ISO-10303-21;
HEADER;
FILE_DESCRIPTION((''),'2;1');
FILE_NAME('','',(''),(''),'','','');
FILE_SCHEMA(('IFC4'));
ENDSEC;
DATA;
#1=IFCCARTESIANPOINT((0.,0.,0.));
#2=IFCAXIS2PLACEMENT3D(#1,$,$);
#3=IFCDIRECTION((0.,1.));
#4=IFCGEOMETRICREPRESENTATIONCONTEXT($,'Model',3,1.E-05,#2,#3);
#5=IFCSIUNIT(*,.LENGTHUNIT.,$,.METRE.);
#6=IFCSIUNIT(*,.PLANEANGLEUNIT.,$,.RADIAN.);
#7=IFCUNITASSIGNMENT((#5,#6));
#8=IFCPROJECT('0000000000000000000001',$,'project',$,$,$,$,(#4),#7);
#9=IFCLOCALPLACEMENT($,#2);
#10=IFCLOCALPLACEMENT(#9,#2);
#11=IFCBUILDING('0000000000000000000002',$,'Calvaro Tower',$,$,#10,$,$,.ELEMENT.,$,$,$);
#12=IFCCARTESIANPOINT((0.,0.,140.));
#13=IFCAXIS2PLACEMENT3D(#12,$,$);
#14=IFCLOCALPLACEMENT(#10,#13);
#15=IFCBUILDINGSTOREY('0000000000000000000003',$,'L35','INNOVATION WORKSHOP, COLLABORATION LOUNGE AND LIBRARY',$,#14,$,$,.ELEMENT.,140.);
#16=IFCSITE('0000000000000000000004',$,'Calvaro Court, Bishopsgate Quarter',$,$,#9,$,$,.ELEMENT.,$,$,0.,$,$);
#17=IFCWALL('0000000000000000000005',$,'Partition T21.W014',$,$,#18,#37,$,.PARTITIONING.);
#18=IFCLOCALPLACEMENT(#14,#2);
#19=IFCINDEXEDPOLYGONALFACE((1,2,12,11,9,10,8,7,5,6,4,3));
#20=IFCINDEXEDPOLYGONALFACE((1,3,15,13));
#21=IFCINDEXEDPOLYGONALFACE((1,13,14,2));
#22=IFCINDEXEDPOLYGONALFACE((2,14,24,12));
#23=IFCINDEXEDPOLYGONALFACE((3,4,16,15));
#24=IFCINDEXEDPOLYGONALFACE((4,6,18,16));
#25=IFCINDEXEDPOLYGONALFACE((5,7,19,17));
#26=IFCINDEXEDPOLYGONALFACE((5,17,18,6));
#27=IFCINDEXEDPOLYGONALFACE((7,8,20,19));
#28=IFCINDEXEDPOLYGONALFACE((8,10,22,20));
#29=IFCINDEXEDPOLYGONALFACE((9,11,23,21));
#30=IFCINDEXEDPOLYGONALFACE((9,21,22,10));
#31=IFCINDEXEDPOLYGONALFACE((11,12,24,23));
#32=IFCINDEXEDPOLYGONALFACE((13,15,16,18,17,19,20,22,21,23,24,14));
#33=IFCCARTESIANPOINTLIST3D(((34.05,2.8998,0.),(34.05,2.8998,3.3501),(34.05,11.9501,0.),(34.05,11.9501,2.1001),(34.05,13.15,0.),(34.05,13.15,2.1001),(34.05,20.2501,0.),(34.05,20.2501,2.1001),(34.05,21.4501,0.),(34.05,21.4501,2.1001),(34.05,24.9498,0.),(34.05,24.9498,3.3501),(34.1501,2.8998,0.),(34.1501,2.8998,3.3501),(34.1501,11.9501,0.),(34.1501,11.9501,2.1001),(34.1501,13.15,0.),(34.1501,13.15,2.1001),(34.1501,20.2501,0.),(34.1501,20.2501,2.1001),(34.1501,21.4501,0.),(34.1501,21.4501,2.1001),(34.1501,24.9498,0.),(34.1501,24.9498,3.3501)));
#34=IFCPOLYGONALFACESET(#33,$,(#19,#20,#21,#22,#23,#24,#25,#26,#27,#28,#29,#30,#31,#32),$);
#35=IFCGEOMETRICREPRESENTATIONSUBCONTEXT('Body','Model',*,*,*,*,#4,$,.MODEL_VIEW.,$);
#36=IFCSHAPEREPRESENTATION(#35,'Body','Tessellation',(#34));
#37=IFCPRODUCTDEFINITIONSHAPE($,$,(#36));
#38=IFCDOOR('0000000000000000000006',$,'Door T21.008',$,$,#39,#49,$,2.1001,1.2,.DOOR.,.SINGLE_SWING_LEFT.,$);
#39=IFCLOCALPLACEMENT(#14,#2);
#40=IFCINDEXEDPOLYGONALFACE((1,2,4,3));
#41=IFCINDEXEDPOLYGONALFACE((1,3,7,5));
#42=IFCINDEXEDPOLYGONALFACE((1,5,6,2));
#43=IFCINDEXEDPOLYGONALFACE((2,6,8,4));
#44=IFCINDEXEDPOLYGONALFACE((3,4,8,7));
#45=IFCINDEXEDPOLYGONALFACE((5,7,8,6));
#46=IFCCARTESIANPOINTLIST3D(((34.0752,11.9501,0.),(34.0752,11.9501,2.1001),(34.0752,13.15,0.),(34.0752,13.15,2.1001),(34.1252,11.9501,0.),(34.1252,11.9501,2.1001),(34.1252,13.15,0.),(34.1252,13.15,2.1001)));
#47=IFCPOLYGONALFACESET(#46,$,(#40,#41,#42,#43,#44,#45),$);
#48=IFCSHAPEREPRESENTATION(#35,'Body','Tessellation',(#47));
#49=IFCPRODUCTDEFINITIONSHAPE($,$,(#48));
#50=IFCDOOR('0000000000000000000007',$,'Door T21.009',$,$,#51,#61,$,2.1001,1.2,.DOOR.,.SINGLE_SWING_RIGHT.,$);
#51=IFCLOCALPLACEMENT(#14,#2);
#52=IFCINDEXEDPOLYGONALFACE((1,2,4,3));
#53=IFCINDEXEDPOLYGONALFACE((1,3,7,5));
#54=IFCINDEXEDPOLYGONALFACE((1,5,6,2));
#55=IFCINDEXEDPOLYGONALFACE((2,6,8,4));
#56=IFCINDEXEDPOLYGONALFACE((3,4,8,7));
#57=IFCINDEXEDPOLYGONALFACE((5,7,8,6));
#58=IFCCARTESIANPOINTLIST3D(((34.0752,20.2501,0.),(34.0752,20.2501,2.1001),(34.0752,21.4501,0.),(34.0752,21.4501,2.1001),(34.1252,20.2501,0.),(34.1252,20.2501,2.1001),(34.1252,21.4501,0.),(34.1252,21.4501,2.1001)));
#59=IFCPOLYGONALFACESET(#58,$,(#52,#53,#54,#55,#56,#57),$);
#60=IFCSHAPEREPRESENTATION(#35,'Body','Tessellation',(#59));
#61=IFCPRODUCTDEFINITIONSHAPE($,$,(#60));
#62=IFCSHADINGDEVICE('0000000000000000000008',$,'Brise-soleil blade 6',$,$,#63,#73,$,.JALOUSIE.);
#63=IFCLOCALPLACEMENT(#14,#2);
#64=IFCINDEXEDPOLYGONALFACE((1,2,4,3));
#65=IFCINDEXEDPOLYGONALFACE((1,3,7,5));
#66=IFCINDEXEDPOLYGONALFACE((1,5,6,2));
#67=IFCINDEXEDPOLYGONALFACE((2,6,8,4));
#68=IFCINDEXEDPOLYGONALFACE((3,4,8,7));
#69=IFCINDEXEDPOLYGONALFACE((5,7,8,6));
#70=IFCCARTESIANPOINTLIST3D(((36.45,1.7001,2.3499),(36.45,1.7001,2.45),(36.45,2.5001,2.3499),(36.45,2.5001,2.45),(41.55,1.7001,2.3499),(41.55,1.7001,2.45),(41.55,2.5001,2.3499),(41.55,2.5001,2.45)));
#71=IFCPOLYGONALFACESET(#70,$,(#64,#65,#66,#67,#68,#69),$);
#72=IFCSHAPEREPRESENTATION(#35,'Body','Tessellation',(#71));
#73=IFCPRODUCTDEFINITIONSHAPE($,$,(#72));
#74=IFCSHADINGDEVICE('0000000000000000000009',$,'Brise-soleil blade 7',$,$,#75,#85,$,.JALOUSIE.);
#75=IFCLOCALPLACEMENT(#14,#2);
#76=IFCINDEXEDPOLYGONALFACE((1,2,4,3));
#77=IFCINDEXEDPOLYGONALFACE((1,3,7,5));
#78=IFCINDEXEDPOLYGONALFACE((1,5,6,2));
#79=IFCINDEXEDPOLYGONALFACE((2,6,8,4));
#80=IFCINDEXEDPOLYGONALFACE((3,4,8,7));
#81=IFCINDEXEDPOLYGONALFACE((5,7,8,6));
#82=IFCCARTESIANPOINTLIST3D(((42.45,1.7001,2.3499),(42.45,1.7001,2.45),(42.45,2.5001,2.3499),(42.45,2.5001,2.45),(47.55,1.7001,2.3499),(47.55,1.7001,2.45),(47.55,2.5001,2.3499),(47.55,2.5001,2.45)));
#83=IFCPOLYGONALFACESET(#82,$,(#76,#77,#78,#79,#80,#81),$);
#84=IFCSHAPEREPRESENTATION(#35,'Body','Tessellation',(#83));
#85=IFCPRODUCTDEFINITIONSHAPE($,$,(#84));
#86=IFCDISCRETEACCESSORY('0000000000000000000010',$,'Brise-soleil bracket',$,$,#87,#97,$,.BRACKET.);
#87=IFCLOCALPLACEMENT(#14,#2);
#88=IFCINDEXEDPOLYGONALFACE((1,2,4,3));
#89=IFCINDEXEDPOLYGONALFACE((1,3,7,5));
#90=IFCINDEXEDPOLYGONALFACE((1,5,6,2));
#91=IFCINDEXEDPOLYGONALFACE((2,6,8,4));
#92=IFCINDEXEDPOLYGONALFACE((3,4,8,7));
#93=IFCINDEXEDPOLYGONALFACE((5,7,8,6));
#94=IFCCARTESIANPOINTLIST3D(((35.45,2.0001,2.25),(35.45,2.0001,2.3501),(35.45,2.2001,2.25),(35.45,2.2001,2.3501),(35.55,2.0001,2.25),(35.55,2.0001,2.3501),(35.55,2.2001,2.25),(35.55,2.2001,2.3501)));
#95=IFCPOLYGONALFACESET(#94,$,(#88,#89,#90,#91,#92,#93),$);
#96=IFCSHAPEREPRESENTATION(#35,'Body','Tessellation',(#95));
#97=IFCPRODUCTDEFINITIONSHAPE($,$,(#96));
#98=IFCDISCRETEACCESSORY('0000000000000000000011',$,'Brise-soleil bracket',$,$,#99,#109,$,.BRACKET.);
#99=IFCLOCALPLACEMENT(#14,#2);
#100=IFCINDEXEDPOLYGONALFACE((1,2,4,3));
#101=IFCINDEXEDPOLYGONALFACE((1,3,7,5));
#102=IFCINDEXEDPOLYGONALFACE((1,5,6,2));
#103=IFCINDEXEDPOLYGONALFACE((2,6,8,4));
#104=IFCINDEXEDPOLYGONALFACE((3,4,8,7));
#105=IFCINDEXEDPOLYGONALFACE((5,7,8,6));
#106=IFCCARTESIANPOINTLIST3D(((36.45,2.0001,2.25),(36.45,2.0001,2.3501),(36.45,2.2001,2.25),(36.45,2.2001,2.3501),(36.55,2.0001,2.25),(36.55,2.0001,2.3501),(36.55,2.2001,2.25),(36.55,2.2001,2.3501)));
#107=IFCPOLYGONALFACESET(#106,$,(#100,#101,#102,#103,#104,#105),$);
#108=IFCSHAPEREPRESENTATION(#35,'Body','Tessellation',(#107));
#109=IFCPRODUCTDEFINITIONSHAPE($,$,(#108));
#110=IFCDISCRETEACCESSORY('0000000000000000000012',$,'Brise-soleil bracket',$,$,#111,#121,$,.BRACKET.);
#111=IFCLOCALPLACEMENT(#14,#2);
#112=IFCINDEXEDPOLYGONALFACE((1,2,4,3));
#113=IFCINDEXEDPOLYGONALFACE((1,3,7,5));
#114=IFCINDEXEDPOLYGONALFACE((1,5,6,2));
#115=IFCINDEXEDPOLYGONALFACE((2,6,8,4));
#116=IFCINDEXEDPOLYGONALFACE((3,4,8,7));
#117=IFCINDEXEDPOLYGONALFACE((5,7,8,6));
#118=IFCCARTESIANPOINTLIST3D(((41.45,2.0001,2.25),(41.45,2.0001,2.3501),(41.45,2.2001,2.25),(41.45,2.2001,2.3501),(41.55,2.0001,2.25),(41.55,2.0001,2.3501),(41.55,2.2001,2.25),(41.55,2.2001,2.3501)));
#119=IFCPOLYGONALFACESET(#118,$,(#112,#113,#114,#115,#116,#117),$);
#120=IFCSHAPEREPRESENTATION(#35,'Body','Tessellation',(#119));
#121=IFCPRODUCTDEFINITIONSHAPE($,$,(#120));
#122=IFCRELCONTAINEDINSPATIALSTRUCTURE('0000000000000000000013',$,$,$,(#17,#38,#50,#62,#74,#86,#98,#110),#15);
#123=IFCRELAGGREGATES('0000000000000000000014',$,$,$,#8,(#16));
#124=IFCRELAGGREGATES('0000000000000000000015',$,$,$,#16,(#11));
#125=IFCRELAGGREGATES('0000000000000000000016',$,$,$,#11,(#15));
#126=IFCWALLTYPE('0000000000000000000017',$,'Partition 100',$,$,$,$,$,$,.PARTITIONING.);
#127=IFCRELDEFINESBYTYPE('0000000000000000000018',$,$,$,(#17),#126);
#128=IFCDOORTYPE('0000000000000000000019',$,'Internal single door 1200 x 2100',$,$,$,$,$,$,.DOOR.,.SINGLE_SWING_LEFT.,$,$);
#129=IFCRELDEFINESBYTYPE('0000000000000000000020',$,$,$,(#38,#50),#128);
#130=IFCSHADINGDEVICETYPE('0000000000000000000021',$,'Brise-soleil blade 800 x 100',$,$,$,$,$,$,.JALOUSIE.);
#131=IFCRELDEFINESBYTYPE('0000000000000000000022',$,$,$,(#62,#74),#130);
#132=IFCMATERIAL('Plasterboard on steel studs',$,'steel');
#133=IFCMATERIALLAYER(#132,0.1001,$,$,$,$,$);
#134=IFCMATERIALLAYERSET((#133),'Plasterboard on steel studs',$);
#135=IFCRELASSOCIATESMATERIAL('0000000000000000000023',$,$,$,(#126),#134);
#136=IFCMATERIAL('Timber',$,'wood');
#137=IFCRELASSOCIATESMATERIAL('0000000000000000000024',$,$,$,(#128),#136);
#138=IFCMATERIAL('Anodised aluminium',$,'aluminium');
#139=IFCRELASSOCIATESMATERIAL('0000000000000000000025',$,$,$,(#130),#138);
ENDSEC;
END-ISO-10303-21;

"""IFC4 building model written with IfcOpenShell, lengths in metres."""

from ifc_helpers import new_model, si_unit, direction, frame, frame_2d, origin, origin_2d, place, context, subcontext, project, spatial, rectangle, extrude, material, layer, layer_set, material_profile, profile_set, type_object, element, fill, save


model = new_model("IFC4")

# Units and contexts
model_context = context("Model", 3, precision=1e-05, world=origin(), true_north=direction((0.0, 1.0)))
body_context = subcontext(model_context, "Body", "Model", "MODEL_VIEW")
ifc_project = project(units=[si_unit("LENGTHUNIT", "METRE"), si_unit("PLANEANGLEUNIT", "RADIAN")], contexts=[model_context])

# Site, building, storey
site_placement = place(None, origin())
site = spatial("IfcSite", under=ifc_project, at=site_placement, Name="Calvaro Court, Bishopsgate Quarter", CompositionType="ELEMENT", RefElevation=0.0)
building_placement = place(site_placement, origin())
building = spatial("IfcBuilding", under=site, at=building_placement, Name="Calvaro Tower", CompositionType="ELEMENT")
storey_placement = place(building_placement, frame((0.0, 0.0, 140.0)))
storey = spatial("IfcBuildingStorey", under=building, at=storey_placement, Name="L35", Description="INNOVATION WORKSHOP, COLLABORATION LOUNGE AND LIBRARY", CompositionType="ELEMENT", Elevation=140.0)

# Wall, openings, doors
ifc_material_1 = material(Name="Plasterboard on steel studs", Category="steel")
ifc_layer_1 = layer(ifc_material_1, 0.1001)
ifc_layer_set_1 = layer_set([ifc_layer_1], Name="Plasterboard on steel studs")
wall_type = type_object("IfcWallType", Name="Partition 100", PredefinedType="PARTITIONING", material=ifc_layer_set_1)
wall_placement = place(storey_placement, frame((34.1001, 2.8999, 0.0), z_axis=(0.0, 0.0, 1.0), x_axis=(0.0, 1.0, 0.0)))
wall = element("IfcWall", 1, at=wall_placement, inside=storey, type_object=wall_type, Name="Partition T21.W014", PredefinedType="PARTITIONING", context=body_context, shape_type="SweptSolid", body=[
    extrude(rectangle(XDim=22.05, YDim=0.1001, at=frame_2d((11.0249, 0.0))), origin(), (0.0, 0.0, 1.0), 3.3501),
])
opening_1_placement = place(wall_placement, frame((9.05, 0.0, 0.0)))
opening_1 = element("IfcOpeningElement", 2, at=opening_1_placement, cuts=wall, PredefinedType="OPENING", context=body_context, shape_type="SweptSolid", body=[
    extrude(rectangle(XDim=1.2, YDim=2.1001, at=frame_2d((0.6001, 1.05))), frame((0.0, 0.0601, 0.0), z_axis=(0.0, -1.0, 0.0), x_axis=(1.0, 0.0, 0.0)), (0.0, 0.0, 1.0), 0.1201),
])
opening_2_placement = place(wall_placement, frame((17.3501, 0.0, 0.0)))
opening_2 = element("IfcOpeningElement", 3, at=opening_2_placement, cuts=wall, PredefinedType="OPENING", context=body_context, shape_type="SweptSolid", body=[
    extrude(rectangle(XDim=1.2, YDim=2.1001, at=frame_2d((0.6001, 1.05))), frame((0.0, 0.0601, 0.0), z_axis=(0.0, -1.0, 0.0), x_axis=(1.0, 0.0, 0.0)), (0.0, 0.0, 1.0), 0.1201),
])
ifc_material_2 = material(Name="Timber", Category="wood")
door_type = type_object("IfcDoorType", Name="Internal single door 1200 x 2100", OperationType="SINGLE_SWING_LEFT", PredefinedType="DOOR", material=ifc_material_2)
door_1_placement = place(opening_1_placement, origin())
door_1 = element("IfcDoor", 4, at=door_1_placement, inside=storey, type_object=door_type, Name="Door T21.008", OperationType="SINGLE_SWING_LEFT", OverallHeight=2.1001, OverallWidth=1.2, PredefinedType="DOOR", context=body_context, shape_type="SweptSolid", body=[
    extrude(rectangle(XDim=1.2, YDim=2.1001, at=frame_2d((0.6001, 1.05))), frame((0.0, 0.0249, 0.0), z_axis=(0.0, -1.0, 0.0), x_axis=(1.0, 0.0, 0.0)), (0.0, 0.0, 1.0), 0.05),
])
fill(opening_1, door_1)
door_2_placement = place(opening_2_placement, origin())
door_2 = element("IfcDoor", 5, at=door_2_placement, inside=storey, type_object=door_type, Name="Door T21.009", OperationType="SINGLE_SWING_RIGHT", OverallHeight=2.1001, OverallWidth=1.2, PredefinedType="DOOR", context=body_context, shape_type="SweptSolid", body=[
    extrude(rectangle(XDim=1.2, YDim=2.1001, at=frame_2d((0.6001, 1.05))), frame((0.0, 0.0249, 0.0), z_axis=(0.0, -1.0, 0.0), x_axis=(1.0, 0.0, 0.0)), (0.0, 0.0, 1.0), 0.05),
])
fill(opening_2, door_2)

# Shading devices
ifc_material_3 = material(Name="Anodised aluminium", Category="aluminium")
ifc_material_profile_1 = material_profile(ifc_material_3, rectangle(XDim=0.8, YDim=0.1001, at=origin_2d()), Name="Brise-soleil blade 800 x 100")
ifc_profile_set_1 = profile_set([ifc_material_profile_1], Name="Anodised aluminium")
shading_device_type = type_object("IfcShadingDeviceType", Name="Brise-soleil blade 800 x 100", PredefinedType="JALOUSIE", material=ifc_profile_set_1)
for number, where, z_axis, x_axis, name in (
    (6, (36.45, 2.1001, 2.3999), (1.0, 0.0, 0.0), (0.0, 1.0, 0.0), "Brise-soleil blade 6"),
    (7, (42.45, 2.1001, 2.3999), (1.0, 0.0, 0.0), (0.0, 1.0, 0.0), "Brise-soleil blade 7"),
):
    element("IfcShadingDevice", number, at=place(storey_placement, frame(where, z_axis=z_axis, x_axis=x_axis)), inside=storey, type_object=shading_device_type, Name=name, PredefinedType="JALOUSIE", context=body_context, shape_type="SweptSolid", body=[
        extrude(rectangle(XDim=0.8, YDim=0.1001, at=origin_2d()), origin(), (0.0, 0.0, 1.0), 5.1001),
    ])

# Discrete accessories
for number, where, z_axis, x_axis, name in (
    (8, (35.5, 2.1001, 2.25), (0.0, 0.0, 1.0), (1.0, 0.0, 0.0), "Brise-soleil bracket"),
    (9, (36.5, 2.1001, 2.25), (0.0, 0.0, 1.0), (1.0, 0.0, 0.0), "Brise-soleil bracket"),
    (10, (41.5, 2.1001, 2.25), (0.0, 0.0, 1.0), (1.0, 0.0, 0.0), "Brise-soleil bracket"),
):
    element("IfcDiscreteAccessory", number, at=place(storey_placement, frame(where, z_axis=z_axis, x_axis=x_axis)), inside=storey, Name=name, PredefinedType="BRACKET", context=body_context, shape_type="SweptSolid", body=[
        extrude(rectangle(XDim=0.1001, YDim=0.2, at=origin_2d()), origin(), (0.0, 0.0, 1.0), 0.1001),
    ])

save(model, "model.ifc")
